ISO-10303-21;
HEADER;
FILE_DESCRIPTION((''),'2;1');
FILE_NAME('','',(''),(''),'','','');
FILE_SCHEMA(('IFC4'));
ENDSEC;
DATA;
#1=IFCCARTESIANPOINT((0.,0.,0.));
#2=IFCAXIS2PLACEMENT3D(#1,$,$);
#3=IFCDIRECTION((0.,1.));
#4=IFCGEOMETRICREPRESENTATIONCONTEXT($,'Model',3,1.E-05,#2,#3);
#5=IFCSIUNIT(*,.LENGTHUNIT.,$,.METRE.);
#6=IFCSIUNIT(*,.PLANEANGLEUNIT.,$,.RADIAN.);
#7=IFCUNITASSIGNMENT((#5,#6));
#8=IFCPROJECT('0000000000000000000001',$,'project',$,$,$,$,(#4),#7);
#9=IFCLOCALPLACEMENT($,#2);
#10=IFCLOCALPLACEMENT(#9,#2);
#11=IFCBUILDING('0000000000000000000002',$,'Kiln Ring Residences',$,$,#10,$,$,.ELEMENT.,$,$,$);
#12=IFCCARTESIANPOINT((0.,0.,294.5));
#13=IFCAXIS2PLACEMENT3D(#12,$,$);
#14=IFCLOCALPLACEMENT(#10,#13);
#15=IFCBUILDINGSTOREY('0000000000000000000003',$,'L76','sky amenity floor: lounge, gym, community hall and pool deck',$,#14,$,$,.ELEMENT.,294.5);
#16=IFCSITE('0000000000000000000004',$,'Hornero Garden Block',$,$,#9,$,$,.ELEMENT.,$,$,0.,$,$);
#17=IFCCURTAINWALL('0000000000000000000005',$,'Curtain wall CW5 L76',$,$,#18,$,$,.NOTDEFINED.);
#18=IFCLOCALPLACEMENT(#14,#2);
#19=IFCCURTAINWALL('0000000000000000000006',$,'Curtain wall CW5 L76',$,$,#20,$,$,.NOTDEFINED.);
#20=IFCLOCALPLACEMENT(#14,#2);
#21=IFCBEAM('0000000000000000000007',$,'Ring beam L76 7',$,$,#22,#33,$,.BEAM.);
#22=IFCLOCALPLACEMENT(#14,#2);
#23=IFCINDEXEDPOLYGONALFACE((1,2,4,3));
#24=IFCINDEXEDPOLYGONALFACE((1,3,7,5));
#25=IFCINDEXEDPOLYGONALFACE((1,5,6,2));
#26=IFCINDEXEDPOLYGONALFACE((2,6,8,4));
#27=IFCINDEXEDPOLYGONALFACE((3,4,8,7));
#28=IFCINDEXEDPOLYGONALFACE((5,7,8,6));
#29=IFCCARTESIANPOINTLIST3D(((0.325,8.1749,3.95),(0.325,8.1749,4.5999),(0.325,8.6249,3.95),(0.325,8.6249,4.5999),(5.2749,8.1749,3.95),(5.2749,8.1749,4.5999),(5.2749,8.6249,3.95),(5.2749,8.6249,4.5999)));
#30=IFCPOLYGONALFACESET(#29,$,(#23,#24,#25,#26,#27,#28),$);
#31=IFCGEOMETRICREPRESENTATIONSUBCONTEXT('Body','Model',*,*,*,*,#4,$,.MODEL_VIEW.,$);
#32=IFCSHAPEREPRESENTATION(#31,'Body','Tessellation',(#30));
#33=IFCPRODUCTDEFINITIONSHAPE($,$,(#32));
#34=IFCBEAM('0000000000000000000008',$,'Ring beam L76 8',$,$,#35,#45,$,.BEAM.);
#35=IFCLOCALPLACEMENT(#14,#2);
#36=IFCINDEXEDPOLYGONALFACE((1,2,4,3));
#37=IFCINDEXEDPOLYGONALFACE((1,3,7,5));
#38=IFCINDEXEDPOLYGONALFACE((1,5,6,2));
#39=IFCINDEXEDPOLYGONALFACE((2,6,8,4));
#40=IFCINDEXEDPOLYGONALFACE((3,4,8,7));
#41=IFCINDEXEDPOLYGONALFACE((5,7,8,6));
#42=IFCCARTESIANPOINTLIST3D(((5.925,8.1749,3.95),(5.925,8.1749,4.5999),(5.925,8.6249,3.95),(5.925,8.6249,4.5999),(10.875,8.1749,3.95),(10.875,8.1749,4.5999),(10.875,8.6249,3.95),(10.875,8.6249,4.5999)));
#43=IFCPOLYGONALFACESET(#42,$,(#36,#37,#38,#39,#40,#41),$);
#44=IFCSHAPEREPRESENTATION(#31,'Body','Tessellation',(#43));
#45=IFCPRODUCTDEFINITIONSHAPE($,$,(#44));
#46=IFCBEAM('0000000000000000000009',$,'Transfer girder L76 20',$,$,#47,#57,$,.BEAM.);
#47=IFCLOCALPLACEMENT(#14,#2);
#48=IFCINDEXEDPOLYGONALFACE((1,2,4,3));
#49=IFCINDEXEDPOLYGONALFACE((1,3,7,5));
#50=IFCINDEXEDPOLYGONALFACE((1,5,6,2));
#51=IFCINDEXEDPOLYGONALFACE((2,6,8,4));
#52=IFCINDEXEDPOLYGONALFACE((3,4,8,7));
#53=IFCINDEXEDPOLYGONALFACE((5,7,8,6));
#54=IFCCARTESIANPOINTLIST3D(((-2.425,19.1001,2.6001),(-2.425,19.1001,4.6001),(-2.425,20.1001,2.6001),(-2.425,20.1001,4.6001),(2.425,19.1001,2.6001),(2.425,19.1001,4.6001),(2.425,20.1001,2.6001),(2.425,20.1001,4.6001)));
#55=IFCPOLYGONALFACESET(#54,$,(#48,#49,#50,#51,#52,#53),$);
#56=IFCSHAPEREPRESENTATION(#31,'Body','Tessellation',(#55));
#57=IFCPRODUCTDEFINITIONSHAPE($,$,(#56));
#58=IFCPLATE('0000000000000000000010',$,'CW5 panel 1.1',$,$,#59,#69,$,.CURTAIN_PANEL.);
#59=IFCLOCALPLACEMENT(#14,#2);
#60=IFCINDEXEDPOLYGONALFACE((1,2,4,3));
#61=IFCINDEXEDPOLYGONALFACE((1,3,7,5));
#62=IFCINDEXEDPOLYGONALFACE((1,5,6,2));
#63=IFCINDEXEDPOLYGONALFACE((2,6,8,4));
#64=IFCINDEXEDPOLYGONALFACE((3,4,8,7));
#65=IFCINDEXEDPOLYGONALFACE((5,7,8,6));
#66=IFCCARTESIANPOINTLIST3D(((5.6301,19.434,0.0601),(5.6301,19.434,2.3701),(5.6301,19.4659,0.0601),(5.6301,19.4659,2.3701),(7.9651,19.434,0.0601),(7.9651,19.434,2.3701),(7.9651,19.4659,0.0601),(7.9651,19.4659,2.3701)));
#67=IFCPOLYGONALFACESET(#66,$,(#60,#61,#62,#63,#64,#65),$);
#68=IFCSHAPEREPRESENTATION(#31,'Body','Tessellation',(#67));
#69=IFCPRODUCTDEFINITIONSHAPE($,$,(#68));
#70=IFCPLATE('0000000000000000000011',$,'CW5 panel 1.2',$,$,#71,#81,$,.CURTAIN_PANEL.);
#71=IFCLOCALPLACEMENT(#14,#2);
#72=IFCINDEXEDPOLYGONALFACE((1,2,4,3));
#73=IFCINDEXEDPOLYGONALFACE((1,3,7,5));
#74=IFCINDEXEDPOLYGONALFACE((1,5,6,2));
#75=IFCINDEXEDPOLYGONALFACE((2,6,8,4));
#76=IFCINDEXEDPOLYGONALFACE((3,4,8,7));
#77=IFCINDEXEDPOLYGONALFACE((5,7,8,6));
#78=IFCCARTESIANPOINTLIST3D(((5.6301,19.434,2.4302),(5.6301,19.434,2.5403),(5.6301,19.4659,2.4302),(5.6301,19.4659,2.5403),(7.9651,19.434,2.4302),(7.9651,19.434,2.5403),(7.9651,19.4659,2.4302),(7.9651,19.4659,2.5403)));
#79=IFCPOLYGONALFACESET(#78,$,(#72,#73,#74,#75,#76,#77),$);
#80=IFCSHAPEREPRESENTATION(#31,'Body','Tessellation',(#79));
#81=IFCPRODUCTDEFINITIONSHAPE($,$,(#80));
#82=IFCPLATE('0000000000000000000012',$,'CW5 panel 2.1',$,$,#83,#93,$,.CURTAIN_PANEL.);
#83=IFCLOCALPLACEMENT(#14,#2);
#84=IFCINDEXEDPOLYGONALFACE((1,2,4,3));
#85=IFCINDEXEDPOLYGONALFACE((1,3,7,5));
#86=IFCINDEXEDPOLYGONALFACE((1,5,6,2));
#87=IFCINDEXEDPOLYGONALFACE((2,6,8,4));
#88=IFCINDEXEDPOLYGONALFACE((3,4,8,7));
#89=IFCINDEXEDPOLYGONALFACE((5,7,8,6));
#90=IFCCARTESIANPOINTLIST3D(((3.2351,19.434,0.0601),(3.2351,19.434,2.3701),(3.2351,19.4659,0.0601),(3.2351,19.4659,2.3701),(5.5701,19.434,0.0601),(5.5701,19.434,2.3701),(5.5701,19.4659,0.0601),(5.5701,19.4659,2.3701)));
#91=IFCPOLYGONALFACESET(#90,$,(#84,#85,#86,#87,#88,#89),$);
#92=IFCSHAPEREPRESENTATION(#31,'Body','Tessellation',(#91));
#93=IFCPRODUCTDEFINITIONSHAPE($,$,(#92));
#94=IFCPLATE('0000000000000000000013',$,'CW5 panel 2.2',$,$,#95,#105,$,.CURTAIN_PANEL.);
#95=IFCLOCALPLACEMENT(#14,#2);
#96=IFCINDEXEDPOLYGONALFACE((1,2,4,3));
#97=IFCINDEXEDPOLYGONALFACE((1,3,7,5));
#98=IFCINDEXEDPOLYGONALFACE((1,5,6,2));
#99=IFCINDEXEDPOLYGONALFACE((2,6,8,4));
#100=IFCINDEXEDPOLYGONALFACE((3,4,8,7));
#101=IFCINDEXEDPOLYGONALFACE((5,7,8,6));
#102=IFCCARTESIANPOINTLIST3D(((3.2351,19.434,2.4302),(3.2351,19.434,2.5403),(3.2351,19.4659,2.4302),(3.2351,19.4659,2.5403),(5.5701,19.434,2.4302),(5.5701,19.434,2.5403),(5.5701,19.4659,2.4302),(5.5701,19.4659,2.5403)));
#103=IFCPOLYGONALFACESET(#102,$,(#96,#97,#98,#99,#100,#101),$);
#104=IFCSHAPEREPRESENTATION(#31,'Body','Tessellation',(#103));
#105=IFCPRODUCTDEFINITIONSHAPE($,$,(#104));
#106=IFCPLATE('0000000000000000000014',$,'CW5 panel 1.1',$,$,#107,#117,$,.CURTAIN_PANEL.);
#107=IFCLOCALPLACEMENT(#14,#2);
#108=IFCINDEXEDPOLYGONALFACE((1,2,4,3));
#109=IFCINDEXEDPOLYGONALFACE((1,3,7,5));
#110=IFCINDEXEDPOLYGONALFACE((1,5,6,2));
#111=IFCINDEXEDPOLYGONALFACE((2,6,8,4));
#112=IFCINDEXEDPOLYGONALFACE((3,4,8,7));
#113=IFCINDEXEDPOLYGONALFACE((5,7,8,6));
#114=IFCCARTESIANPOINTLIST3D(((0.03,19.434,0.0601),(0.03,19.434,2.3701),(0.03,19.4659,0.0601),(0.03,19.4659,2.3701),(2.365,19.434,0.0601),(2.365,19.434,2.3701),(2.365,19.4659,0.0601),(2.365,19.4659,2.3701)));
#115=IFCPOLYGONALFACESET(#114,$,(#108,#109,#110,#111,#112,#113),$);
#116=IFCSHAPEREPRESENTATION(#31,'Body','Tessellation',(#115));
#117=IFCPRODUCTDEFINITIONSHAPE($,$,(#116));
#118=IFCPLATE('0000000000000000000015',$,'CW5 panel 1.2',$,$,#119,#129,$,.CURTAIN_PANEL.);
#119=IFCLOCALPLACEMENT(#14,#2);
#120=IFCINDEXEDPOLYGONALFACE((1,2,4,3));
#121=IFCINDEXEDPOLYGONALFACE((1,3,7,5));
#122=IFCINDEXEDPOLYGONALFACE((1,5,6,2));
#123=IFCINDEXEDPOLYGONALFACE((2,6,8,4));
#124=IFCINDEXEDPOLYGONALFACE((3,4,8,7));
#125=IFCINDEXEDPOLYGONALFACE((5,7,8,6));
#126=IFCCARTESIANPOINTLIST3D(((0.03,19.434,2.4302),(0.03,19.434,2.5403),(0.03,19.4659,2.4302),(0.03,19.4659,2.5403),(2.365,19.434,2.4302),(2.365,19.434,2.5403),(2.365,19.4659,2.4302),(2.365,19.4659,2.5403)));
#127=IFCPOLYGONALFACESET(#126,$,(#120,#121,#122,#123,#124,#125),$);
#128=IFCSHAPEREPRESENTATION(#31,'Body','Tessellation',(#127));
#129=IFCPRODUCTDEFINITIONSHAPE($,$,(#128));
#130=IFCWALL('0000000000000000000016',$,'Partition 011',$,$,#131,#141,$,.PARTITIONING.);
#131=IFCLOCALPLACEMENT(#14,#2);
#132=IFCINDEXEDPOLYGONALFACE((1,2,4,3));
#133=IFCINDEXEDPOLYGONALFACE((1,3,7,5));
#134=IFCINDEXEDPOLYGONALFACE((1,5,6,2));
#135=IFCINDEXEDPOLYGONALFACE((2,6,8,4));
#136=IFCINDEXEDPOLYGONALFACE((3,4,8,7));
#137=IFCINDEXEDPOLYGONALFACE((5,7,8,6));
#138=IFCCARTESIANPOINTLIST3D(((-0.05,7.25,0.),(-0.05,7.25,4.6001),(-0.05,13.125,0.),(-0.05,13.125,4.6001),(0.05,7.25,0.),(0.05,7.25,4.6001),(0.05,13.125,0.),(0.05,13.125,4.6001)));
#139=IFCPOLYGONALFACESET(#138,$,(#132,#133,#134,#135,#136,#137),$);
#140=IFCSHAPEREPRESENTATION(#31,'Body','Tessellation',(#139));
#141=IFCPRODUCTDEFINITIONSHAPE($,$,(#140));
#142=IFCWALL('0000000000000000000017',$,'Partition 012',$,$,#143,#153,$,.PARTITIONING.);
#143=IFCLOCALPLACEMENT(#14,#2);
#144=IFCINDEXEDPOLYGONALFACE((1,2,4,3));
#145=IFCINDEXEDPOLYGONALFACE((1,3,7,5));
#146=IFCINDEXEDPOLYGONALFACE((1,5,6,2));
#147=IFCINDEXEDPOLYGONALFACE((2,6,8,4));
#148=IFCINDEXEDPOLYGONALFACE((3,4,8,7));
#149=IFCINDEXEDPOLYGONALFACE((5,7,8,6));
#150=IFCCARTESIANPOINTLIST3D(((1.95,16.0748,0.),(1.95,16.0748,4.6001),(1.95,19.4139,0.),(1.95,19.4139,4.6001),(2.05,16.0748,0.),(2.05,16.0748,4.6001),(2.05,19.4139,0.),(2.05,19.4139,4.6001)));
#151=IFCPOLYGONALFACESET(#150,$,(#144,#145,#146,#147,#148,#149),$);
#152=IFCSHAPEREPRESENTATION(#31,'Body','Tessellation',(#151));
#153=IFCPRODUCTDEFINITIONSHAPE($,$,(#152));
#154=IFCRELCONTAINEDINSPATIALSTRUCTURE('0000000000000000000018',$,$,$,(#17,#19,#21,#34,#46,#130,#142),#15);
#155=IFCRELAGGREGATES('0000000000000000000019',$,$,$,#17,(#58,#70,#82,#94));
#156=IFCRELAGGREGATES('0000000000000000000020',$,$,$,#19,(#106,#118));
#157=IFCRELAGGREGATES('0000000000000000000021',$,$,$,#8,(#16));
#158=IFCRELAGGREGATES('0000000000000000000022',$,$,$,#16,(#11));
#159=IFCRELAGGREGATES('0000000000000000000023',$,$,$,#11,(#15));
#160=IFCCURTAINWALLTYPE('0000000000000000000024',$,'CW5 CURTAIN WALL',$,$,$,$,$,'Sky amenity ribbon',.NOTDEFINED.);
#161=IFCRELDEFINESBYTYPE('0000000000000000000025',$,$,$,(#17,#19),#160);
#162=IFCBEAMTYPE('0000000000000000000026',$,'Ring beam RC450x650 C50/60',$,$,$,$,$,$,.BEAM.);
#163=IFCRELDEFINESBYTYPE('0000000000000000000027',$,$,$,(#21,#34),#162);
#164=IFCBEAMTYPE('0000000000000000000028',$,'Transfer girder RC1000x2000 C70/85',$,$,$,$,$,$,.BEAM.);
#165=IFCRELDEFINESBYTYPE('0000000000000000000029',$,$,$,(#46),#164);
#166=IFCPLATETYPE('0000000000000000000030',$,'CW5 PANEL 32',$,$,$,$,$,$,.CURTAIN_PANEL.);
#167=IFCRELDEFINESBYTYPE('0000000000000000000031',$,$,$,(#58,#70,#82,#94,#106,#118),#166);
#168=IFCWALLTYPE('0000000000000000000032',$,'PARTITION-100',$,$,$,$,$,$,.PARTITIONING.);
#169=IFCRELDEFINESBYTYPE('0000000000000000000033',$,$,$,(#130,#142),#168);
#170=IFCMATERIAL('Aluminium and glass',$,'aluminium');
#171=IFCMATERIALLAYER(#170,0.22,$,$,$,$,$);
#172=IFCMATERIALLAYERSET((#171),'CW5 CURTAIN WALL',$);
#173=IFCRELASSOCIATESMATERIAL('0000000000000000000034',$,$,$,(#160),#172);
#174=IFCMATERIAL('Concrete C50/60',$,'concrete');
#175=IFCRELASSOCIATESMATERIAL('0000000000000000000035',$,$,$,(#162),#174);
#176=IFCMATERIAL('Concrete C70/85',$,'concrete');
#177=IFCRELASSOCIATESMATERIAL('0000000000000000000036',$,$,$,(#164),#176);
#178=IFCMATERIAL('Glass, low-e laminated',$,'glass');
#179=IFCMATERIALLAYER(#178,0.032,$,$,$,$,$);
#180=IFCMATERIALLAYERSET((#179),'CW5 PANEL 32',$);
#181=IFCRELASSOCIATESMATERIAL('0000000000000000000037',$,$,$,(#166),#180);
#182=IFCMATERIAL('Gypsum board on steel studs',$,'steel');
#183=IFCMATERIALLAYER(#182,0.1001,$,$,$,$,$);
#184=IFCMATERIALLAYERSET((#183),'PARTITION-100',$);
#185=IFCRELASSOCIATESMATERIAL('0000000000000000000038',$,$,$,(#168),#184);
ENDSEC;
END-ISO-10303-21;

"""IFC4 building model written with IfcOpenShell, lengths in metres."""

from ifc_helpers import new_model, si_unit, direction, frame, frame_2d, origin, origin_2d, place, context, subcontext, project, spatial, rectangle, extrude, material, layer, layer_set, material_profile, profile_set, type_object, element, aggregate, save


model = new_model("IFC4")

# Units and contexts
model_context = context("Model", 3, precision=1e-05, world=origin(), true_north=direction((0.0, 1.0)))
body_context = subcontext(model_context, "Body", "Model", "MODEL_VIEW")
ifc_project = project(units=[si_unit("LENGTHUNIT", "METRE"), si_unit("PLANEANGLEUNIT", "RADIAN")], contexts=[model_context])

# Site, building, storey
site_placement = place(None, origin())
site = spatial("IfcSite", under=ifc_project, at=site_placement, Name="Hornero Garden Block", CompositionType="ELEMENT", RefElevation=0.0)
building_placement = place(site_placement, origin())
building = spatial("IfcBuilding", under=site, at=building_placement, Name="Kiln Ring Residences", CompositionType="ELEMENT")
storey_placement = place(building_placement, frame((0.0, 0.0, 294.5)))
storey = spatial("IfcBuildingStorey", under=building, at=storey_placement, Name="L76", Description="sky amenity floor: lounge, gym, community hall and pool deck", CompositionType="ELEMENT", Elevation=294.5)

# Curtain walls
ifc_material_1 = material(Name="Aluminium and glass", Category="aluminium")
ifc_layer_1 = layer(ifc_material_1, 0.22)
ifc_layer_set_1 = layer_set([ifc_layer_1], Name="CW5 CURTAIN WALL")
curtain_wall_type = type_object("IfcCurtainWallType", Name="CW5 CURTAIN WALL", ElementType="Sky amenity ribbon", PredefinedType="NOTDEFINED", material=ifc_layer_set_1)
placement = place(storey_placement, origin())
curtain_wall_1 = element("IfcCurtainWall", 1, at=placement, inside=storey, type_object=curtain_wall_type, Name="Curtain wall CW5 L76", PredefinedType="NOTDEFINED")
curtain_wall_2 = element("IfcCurtainWall", 2, at=placement, inside=storey, type_object=curtain_wall_type, Name="Curtain wall CW5 L76", PredefinedType="NOTDEFINED")

# Beams
ifc_material_2 = material(Name="Concrete C50/60", Category="concrete")
ifc_material_profile_1 = material_profile(ifc_material_2, rectangle(XDim=0.45, YDim=0.6499, at=origin_2d()), Name="RC450x650")
ifc_profile_set_1 = profile_set([ifc_material_profile_1], Name="Concrete C50/60")
beam_type_1 = type_object("IfcBeamType", Name="Ring beam RC450x650 C50/60", PredefinedType="BEAM", material=ifc_profile_set_1)
for number, where, z_axis, x_axis, name in (
    (3, (0.325, 8.3999, 4.2749), (1.0, 0.0, 0.0), (0.0, 1.0, 0.0), "Ring beam L76 7"),
    (4, (5.925, 8.3999, 4.2749), (1.0, 0.0, 0.0), (0.0, 1.0, 0.0), "Ring beam L76 8"),
):
    element("IfcBeam", number, at=place(storey_placement, frame(where, z_axis=z_axis, x_axis=x_axis)), inside=storey, type_object=beam_type_1, Name=name, PredefinedType="BEAM", context=body_context, shape_type="SweptSolid", body=[
        extrude(rectangle(XDim=0.45, YDim=0.6499, at=origin_2d()), origin(), (0.0, 0.0, 1.0), 4.95),
    ])
ifc_material_3 = material(Name="Concrete C70/85", Category="concrete")
ifc_material_profile_2 = material_profile(ifc_material_3, rectangle(XDim=1.0, YDim=2.0, at=origin_2d()), Name="RC1000x2000")
ifc_profile_set_2 = profile_set([ifc_material_profile_2], Name="Concrete C70/85")
beam_type_2 = type_object("IfcBeamType", Name="Transfer girder RC1000x2000 C70/85", PredefinedType="BEAM", material=ifc_profile_set_2)
beam_placement = place(storey_placement, frame((2.425, 19.6001, 3.6001), z_axis=(-1.0, 0.0, 0.0), x_axis=(0.0, -1.0, 0.0)))
element("IfcBeam", 5, at=beam_placement, inside=storey, type_object=beam_type_2, Name="Transfer girder L76 20", PredefinedType="BEAM", context=body_context, shape_type="SweptSolid", body=[
    extrude(rectangle(XDim=1.0, YDim=2.0, at=origin_2d()), origin(), (0.0, 0.0, 1.0), 4.8501),
])

# Plates
ifc_material_4 = material(Name="Glass, low-e laminated", Category="glass")
ifc_layer_2 = layer(ifc_material_4, 0.032)
ifc_layer_set_2 = layer_set([ifc_layer_2], Name="CW5 PANEL 32")
plate_type = type_object("IfcPlateType", Name="CW5 PANEL 32", PredefinedType="CURTAIN_PANEL", material=ifc_layer_set_2)
plate_1_placement = place(storey_placement, frame((6.7976, 19.45, 0.0601), z_axis=(0.0, 0.0, 1.0), x_axis=(-1.0, 0.0, 0.0)))
plate_1 = element("IfcPlate", 6, at=plate_1_placement, type_object=plate_type, Name="CW5 panel 1.1", PredefinedType="CURTAIN_PANEL", context=body_context, shape_type="SweptSolid", body=[
    extrude(rectangle(XDim=2.335, YDim=0.032, at=origin_2d()), origin(), (0.0, 0.0, 1.0), 2.3101),
])
plate_2_placement = place(storey_placement, frame((6.7976, 19.45, 2.4302), z_axis=(0.0, 0.0, 1.0), x_axis=(-1.0, 0.0, 0.0)))
plate_2 = element("IfcPlate", 7, at=plate_2_placement, type_object=plate_type, Name="CW5 panel 1.2", PredefinedType="CURTAIN_PANEL", context=body_context, shape_type="SweptSolid", body=[
    extrude(rectangle(XDim=2.335, YDim=0.032, at=origin_2d()), origin(), (0.0, 0.0, 1.0), 0.1101),
])
plate_3_placement = place(storey_placement, frame((4.4026, 19.45, 0.0601), z_axis=(0.0, 0.0, 1.0), x_axis=(-1.0, 0.0, 0.0)))
plate_3 = element("IfcPlate", 8, at=plate_3_placement, type_object=plate_type, Name="CW5 panel 2.1", PredefinedType="CURTAIN_PANEL", context=body_context, shape_type="SweptSolid", body=[
    extrude(rectangle(XDim=2.335, YDim=0.032, at=origin_2d()), origin(), (0.0, 0.0, 1.0), 2.3101),
])
plate_4_placement = place(storey_placement, frame((4.4026, 19.45, 2.4302), z_axis=(0.0, 0.0, 1.0), x_axis=(-1.0, 0.0, 0.0)))
plate_4 = element("IfcPlate", 9, at=plate_4_placement, type_object=plate_type, Name="CW5 panel 2.2", PredefinedType="CURTAIN_PANEL", context=body_context, shape_type="SweptSolid", body=[
    extrude(rectangle(XDim=2.335, YDim=0.032, at=origin_2d()), origin(), (0.0, 0.0, 1.0), 0.1101),
])
aggregate(curtain_wall_1, [plate_1, plate_2, plate_3, plate_4])
plate_5_placement = place(storey_placement, frame((1.1975, 19.45, 0.0601), z_axis=(0.0, 0.0, 1.0), x_axis=(-1.0, 0.0, 0.0)))
plate_5 = element("IfcPlate", 10, at=plate_5_placement, type_object=plate_type, Name="CW5 panel 1.1", PredefinedType="CURTAIN_PANEL", context=body_context, shape_type="SweptSolid", body=[
    extrude(rectangle(XDim=2.335, YDim=0.032, at=origin_2d()), origin(), (0.0, 0.0, 1.0), 2.3101),
])
plate_6_placement = place(storey_placement, frame((1.1975, 19.45, 2.4302), z_axis=(0.0, 0.0, 1.0), x_axis=(-1.0, 0.0, 0.0)))
plate_6 = element("IfcPlate", 11, at=plate_6_placement, type_object=plate_type, Name="CW5 panel 1.2", PredefinedType="CURTAIN_PANEL", context=body_context, shape_type="SweptSolid", body=[
    extrude(rectangle(XDim=2.335, YDim=0.032, at=origin_2d()), origin(), (0.0, 0.0, 1.0), 0.1101),
])
aggregate(curtain_wall_2, [plate_5, plate_6])

# Walls
ifc_material_5 = material(Name="Gypsum board on steel studs", Category="steel")
ifc_layer_3 = layer(ifc_material_5, 0.1001)
ifc_layer_set_3 = layer_set([ifc_layer_3], Name="PARTITION-100")
wall_type = type_object("IfcWallType", Name="PARTITION-100", PredefinedType="PARTITIONING", material=ifc_layer_set_3)
wall_1_placement = place(storey_placement, frame((0.0, 7.25, 0.0), z_axis=(0.0, 0.0, 1.0), x_axis=(0.0, 1.0, 0.0)))
element("IfcWall", 12, at=wall_1_placement, inside=storey, type_object=wall_type, Name="Partition 011", PredefinedType="PARTITIONING", context=body_context, shape_type="SweptSolid", body=[
    extrude(rectangle(XDim=5.875, YDim=0.1001, at=frame_2d((2.9375, 0.0))), origin(), (0.0, 0.0, 1.0), 4.6001),
])
wall_2_placement = place(storey_placement, frame((2.0, 16.075, 0.0), z_axis=(0.0, 0.0, 1.0), x_axis=(0.0, 1.0, 0.0)))
element("IfcWall", 13, at=wall_2_placement, inside=storey, type_object=wall_type, Name="Partition 012", PredefinedType="PARTITIONING", context=body_context, shape_type="SweptSolid", body=[
    extrude(rectangle(XDim=3.3391, YDim=0.1001, at=frame_2d((1.6694, 0.0))), origin(), (0.0, 0.0, 1.0), 4.6001),
])

save(model, "model.ifc")
